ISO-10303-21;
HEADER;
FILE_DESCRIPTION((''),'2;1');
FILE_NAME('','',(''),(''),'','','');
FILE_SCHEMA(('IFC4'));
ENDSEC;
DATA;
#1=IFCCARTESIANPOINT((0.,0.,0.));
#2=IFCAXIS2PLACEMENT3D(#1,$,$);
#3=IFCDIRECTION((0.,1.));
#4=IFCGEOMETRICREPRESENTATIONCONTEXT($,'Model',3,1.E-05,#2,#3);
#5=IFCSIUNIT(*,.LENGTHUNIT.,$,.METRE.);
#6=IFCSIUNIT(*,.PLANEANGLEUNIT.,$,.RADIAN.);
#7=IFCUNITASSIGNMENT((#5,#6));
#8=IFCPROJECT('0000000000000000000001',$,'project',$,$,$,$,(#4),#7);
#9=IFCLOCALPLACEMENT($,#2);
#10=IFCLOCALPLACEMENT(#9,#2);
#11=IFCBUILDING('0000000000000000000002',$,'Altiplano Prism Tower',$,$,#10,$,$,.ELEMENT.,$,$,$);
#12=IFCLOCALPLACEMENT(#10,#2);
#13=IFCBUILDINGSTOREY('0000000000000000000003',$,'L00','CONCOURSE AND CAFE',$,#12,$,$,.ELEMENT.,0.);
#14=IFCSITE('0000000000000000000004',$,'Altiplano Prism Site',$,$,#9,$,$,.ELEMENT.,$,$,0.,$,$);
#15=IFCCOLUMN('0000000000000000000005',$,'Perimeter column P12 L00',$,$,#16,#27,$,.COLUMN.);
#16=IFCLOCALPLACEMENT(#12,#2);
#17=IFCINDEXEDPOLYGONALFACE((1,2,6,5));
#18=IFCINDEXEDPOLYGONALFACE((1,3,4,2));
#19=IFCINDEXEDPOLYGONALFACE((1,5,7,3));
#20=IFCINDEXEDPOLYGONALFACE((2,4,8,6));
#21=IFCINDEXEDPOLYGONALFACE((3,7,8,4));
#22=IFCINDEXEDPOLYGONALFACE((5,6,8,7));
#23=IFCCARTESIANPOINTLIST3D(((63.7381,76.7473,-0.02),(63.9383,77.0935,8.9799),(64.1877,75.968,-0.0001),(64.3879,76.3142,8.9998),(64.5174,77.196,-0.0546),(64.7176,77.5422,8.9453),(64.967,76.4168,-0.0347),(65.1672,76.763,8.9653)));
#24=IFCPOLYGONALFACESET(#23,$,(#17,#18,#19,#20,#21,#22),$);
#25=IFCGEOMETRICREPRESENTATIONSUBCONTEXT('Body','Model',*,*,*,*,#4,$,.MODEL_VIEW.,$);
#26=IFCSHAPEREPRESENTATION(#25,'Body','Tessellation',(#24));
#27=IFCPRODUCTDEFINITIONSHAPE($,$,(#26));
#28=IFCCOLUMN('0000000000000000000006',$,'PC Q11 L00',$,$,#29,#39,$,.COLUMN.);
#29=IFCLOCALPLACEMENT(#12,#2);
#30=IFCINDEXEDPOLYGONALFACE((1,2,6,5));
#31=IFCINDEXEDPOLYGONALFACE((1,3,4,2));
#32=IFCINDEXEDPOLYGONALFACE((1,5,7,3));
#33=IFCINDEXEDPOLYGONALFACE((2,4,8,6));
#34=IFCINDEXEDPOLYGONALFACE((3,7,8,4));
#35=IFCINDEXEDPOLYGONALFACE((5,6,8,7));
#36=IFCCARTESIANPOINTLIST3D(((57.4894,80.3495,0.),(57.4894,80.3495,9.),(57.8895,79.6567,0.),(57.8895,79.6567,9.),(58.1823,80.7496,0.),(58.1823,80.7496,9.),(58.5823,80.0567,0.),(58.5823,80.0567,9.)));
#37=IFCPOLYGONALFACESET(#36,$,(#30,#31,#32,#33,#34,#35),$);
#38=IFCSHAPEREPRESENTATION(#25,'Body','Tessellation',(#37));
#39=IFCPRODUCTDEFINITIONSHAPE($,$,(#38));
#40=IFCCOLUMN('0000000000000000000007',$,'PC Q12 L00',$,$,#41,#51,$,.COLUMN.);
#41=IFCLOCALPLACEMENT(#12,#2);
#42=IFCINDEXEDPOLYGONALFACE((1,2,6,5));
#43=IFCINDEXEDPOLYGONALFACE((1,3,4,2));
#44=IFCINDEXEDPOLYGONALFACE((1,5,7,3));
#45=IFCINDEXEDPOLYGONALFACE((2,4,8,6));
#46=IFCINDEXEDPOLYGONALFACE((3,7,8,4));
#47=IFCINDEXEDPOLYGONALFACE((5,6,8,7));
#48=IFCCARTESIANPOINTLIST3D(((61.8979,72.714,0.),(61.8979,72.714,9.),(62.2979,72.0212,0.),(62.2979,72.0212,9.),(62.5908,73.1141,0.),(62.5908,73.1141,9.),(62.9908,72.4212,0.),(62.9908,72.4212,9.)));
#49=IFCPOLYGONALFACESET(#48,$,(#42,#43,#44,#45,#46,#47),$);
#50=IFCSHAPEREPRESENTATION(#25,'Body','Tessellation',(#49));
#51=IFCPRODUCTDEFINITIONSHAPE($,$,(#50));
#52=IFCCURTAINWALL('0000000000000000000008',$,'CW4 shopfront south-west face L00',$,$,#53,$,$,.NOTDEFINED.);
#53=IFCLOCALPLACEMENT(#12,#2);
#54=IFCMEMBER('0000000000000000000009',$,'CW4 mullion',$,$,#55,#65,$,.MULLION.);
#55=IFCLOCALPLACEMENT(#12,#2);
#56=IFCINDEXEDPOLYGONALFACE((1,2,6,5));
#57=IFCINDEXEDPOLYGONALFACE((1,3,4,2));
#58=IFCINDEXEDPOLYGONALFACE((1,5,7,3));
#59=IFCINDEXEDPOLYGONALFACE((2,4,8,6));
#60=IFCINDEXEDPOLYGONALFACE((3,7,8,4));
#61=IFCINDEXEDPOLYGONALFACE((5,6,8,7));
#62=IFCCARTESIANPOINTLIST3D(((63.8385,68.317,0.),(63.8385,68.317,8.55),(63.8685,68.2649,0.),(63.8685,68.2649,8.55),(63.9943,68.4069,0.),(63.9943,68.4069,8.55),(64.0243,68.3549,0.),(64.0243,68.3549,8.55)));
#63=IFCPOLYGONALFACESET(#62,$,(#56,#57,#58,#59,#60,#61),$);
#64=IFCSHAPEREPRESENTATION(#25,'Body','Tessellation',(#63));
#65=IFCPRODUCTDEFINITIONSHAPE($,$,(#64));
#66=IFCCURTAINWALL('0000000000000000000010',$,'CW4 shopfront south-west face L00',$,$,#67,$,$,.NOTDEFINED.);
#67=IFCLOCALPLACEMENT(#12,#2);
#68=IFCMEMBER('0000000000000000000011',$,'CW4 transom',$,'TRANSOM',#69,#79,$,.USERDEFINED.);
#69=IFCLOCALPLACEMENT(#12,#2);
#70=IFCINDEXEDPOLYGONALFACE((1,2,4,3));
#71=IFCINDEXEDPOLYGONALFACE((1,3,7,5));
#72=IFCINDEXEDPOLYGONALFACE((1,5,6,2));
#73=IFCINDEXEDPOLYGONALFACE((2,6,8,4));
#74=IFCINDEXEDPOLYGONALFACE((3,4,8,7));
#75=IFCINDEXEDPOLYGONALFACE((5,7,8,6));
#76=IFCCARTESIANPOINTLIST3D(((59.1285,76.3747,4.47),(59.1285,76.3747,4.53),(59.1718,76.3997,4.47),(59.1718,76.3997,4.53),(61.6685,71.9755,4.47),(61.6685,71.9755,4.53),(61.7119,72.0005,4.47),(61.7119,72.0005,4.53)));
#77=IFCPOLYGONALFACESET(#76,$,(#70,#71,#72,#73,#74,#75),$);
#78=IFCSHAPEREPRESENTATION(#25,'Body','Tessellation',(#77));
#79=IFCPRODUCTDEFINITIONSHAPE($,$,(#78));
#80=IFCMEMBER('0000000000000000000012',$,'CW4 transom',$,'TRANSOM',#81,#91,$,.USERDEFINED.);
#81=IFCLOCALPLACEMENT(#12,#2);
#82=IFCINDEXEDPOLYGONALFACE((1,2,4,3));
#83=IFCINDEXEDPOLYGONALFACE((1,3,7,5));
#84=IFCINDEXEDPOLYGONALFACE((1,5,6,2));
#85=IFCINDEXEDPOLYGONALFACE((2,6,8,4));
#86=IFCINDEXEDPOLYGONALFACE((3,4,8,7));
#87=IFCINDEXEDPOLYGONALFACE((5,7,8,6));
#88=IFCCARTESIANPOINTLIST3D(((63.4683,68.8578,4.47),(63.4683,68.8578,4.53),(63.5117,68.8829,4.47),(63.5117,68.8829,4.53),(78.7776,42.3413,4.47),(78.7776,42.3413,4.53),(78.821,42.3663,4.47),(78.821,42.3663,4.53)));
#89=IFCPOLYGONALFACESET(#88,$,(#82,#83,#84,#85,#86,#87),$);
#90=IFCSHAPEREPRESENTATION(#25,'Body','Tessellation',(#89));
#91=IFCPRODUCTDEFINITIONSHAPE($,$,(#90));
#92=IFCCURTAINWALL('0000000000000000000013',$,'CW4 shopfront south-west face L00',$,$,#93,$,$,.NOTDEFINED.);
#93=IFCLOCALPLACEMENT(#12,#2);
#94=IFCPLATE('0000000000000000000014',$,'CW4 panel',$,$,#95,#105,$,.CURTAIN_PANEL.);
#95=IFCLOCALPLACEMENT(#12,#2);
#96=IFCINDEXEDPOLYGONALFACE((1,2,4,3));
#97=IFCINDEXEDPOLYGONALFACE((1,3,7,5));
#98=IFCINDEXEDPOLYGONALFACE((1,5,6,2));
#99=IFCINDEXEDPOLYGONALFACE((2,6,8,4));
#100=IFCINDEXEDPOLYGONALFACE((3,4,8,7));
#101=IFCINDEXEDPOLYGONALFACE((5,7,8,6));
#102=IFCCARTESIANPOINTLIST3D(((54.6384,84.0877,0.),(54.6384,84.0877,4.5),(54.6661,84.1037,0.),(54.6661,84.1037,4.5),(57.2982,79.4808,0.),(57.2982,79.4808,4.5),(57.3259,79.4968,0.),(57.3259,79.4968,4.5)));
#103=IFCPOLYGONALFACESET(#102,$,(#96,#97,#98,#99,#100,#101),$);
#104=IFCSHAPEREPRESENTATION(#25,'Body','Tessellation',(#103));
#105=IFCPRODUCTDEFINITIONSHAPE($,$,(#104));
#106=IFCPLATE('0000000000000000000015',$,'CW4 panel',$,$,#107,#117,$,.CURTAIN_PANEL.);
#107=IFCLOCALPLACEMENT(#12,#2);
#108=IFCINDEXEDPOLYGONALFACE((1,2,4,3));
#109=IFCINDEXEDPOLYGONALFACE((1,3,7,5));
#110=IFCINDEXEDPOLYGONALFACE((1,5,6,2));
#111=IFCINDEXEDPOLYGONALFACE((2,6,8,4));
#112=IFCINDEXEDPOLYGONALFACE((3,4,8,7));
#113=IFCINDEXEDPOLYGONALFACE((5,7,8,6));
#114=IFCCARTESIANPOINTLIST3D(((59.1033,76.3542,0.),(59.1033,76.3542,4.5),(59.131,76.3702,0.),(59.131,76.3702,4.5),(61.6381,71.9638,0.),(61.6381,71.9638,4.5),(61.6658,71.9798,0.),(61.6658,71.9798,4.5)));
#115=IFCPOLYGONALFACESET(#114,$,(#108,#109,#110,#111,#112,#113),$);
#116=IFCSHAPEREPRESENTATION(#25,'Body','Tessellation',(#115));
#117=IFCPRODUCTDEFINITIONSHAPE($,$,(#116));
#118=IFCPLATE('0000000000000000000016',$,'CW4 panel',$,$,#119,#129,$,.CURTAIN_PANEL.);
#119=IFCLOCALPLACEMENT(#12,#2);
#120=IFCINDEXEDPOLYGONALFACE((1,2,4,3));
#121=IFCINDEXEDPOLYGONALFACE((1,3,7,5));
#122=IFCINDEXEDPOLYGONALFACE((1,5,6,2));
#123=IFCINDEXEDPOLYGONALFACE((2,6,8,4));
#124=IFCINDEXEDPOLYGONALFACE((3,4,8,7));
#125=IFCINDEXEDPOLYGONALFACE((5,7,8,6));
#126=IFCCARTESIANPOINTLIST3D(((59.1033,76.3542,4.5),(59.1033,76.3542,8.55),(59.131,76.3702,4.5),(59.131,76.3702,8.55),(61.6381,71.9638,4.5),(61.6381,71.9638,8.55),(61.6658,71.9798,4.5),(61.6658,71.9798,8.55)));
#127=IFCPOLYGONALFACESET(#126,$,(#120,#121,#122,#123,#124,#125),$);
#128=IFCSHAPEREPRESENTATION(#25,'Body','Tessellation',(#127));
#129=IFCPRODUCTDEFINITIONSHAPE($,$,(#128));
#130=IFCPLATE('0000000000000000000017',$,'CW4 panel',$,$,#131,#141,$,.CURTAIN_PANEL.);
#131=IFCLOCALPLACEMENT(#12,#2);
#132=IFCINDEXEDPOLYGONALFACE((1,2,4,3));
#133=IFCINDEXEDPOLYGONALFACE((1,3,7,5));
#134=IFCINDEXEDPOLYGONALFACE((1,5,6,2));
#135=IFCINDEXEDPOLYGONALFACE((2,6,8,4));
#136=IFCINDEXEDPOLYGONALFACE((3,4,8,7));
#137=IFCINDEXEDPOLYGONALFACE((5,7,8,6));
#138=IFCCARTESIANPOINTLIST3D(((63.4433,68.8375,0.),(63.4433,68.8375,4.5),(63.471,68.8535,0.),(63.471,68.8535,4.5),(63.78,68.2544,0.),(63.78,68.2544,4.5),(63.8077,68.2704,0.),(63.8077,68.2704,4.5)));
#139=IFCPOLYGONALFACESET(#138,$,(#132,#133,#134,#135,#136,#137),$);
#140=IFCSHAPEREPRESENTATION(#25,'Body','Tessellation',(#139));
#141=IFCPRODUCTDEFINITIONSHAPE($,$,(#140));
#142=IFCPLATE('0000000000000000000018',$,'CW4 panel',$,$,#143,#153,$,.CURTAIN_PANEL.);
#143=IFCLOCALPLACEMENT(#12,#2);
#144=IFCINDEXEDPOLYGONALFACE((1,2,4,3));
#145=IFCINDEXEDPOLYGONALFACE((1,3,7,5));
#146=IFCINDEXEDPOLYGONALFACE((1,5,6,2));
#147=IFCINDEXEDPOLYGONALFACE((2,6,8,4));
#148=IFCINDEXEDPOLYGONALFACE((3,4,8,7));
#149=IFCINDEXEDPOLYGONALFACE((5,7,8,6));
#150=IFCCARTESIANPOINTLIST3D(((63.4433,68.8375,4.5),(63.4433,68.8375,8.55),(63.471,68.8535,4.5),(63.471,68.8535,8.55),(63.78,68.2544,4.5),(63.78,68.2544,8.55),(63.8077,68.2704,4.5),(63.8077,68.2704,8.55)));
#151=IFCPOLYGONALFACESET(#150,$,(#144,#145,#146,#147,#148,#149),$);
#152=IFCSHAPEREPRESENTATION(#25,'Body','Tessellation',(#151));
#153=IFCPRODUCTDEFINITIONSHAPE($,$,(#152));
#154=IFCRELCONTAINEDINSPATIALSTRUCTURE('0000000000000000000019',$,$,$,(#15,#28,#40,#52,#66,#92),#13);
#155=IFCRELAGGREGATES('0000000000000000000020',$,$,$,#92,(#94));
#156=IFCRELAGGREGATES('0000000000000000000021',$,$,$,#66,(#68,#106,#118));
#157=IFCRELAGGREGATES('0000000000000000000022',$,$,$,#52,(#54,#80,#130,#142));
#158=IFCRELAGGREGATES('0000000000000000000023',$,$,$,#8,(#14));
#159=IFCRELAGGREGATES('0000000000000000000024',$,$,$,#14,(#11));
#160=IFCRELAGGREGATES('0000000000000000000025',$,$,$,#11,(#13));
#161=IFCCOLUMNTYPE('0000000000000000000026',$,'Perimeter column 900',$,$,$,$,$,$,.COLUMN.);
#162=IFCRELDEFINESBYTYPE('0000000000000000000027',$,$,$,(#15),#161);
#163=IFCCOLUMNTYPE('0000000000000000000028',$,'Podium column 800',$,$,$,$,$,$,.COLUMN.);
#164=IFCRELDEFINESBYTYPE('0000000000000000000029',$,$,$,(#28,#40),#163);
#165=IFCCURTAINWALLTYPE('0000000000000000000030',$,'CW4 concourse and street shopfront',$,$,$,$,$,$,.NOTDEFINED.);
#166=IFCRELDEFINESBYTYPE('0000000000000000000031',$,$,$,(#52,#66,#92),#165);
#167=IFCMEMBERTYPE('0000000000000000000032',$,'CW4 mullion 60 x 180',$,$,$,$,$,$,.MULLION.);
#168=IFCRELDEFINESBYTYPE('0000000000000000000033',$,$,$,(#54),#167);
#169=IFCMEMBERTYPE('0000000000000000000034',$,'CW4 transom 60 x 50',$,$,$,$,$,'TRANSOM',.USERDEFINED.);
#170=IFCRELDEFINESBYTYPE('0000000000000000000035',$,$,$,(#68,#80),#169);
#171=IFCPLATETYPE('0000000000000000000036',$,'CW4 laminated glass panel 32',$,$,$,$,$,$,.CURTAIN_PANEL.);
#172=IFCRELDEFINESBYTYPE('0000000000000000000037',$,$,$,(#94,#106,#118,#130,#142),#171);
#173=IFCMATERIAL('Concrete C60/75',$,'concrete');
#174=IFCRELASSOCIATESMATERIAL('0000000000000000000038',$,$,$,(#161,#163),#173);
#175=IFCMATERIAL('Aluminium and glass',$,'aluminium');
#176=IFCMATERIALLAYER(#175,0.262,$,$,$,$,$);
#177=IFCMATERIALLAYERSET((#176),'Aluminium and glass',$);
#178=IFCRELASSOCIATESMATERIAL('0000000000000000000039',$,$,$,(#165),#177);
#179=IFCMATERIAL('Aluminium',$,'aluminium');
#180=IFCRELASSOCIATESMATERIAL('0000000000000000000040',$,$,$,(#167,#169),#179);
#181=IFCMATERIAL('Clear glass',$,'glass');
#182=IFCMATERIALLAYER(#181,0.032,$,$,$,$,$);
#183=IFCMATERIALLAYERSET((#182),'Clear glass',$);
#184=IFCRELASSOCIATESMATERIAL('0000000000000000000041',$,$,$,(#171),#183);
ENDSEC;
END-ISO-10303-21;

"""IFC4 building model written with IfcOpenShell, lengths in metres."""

from ifc_helpers import new_model, si_unit, direction, frame, origin, origin_2d, place, context, subcontext, project, spatial, rectangle, extrude, material, layer, layer_set, material_profile, profile_set, type_object, element, aggregate, save


model = new_model("IFC4")

# Units and contexts
model_context = context("Model", 3, precision=1e-05, world=origin(), true_north=direction((0.0, 1.0)))
body_context = subcontext(model_context, "Body", "Model", "MODEL_VIEW")
ifc_project = project(units=[si_unit("LENGTHUNIT", "METRE"), si_unit("PLANEANGLEUNIT", "RADIAN")], contexts=[model_context])

# Site, building, storey
site_placement = place(None, origin())
site = spatial("IfcSite", under=ifc_project, at=site_placement, Name="Altiplano Prism Site", CompositionType="ELEMENT", RefElevation=0.0)
building_placement = place(site_placement, origin())
building = spatial("IfcBuilding", under=site, at=building_placement, Name="Altiplano Prism Tower", CompositionType="ELEMENT")
storey_placement = place(building_placement, origin())
storey = spatial("IfcBuildingStorey", under=building, at=storey_placement, Name="L00", Description="CONCOURSE AND CAFE", CompositionType="ELEMENT", Elevation=0.0)

# Columns
ifc_material_1 = material(Name="Concrete C60/75", Category="concrete")
ifc_material_profile_1 = material_profile(ifc_material_1, rectangle(XDim=0.8999, YDim=0.8999, at=origin_2d()), Name="Perimeter column 900")
ifc_profile_set_1 = profile_set([ifc_material_profile_1], Name="Concrete C60/75")
column_type_1 = type_object("IfcColumnType", Name="Perimeter column 900", PredefinedType="COLUMN", material=ifc_profile_set_1)
column_placement = place(storey_placement, frame((64.3525, 76.582, -0.0273), z_axis=(0.022222, 0.038428, 0.999014), x_axis=(-0.865947, -0.498657, 0.038443)))
element("IfcColumn", 1, at=column_placement, inside=storey, type_object=column_type_1, Name="Perimeter column P12 L00", PredefinedType="COLUMN", context=body_context, shape_type="SweptSolid", body=[
    extrude(rectangle(XDim=0.8999, YDim=0.8999, at=origin_2d()), origin(), (0.0, 0.0, 1.0), 9.0088),
])
ifc_material_profile_2 = material_profile(ifc_material_1, rectangle(XDim=0.8, YDim=0.8, at=origin_2d()), Name="Podium column 800")
ifc_profile_set_2 = profile_set([ifc_material_profile_2], Name="Concrete C60/75")
column_type_2 = type_object("IfcColumnType", Name="Podium column 800", PredefinedType="COLUMN", material=ifc_profile_set_2)
for number, where, z_axis, x_axis, name in (
    (2, (58.0359, 80.2031, 0.0), (0.0, 0.0, 1.0), (0.866025, 0.5, 0.0), "PC Q11 L00"),
    (3, (62.4443, 72.5676, 0.0), (0.0, 0.0, 1.0), (0.866025, 0.5, 0.0), "PC Q12 L00"),
):
    element("IfcColumn", number, at=place(storey_placement, frame(where, z_axis=z_axis, x_axis=x_axis)), inside=storey, type_object=column_type_2, Name=name, PredefinedType="COLUMN", context=body_context, shape_type="SweptSolid", body=[
        extrude(rectangle(XDim=0.8, YDim=0.8, at=origin_2d()), origin(), (0.0, 0.0, 1.0), 9.0),
    ])

# Curtain walls, members
ifc_material_2 = material(Name="Aluminium and glass", Category="aluminium")
ifc_layer_1 = layer(ifc_material_2, 0.262)
ifc_layer_set_1 = layer_set([ifc_layer_1], Name="Aluminium and glass")
curtain_wall_type = type_object("IfcCurtainWallType", Name="CW4 concourse and street shopfront", PredefinedType="NOTDEFINED", material=ifc_layer_set_1)
curtain_wall_1_placement = place(storey_placement, origin())
curtain_wall_1 = element("IfcCurtainWall", 4, at=curtain_wall_1_placement, inside=storey, type_object=curtain_wall_type, Name="CW4 shopfront south-west face L00", PredefinedType="NOTDEFINED")
ifc_material_3 = material(Name="Aluminium", Category="aluminium")
ifc_material_profile_3 = material_profile(ifc_material_3, rectangle(XDim=0.1799, YDim=0.0601, at=origin_2d()), Name="CW4 mullion 60 x 180")
ifc_profile_set_3 = profile_set([ifc_material_profile_3], Name="Aluminium")
member_type_1 = type_object("IfcMemberType", Name="CW4 mullion 60 x 180", PredefinedType="MULLION", material=ifc_profile_set_3)
member_1_placement = place(storey_placement, frame((63.9314, 68.3359, 0.0), z_axis=(0.0, 0.0, 1.0), x_axis=(0.866025, 0.5, 0.0)))
member_1 = element("IfcMember", 5, at=member_1_placement, type_object=member_type_1, Name="CW4 mullion", PredefinedType="MULLION", context=body_context, shape_type="SweptSolid", body=[
    extrude(rectangle(XDim=0.1799, YDim=0.0601, at=origin_2d()), origin(), (0.0, 0.0, 1.0), 8.55),
])
curtain_wall_2_placement = place(storey_placement, origin())
curtain_wall_2 = element("IfcCurtainWall", 6, at=curtain_wall_2_placement, inside=storey, type_object=curtain_wall_type, Name="CW4 shopfront south-west face L00", PredefinedType="NOTDEFINED")
ifc_material_profile_4 = material_profile(ifc_material_3, rectangle(XDim=0.05, YDim=0.0601, at=origin_2d()), Name="CW4 transom 60 x 50")
ifc_profile_set_4 = profile_set([ifc_material_profile_4], Name="Aluminium")
member_type_2 = type_object("IfcMemberType", Name="CW4 transom 60 x 50", ElementType="TRANSOM", PredefinedType="USERDEFINED", material=ifc_profile_set_4)
member_2_placement = place(storey_placement, frame((59.1501, 76.3872, 4.5), z_axis=(0.500026, -0.86601, 0.0), x_axis=(0.86601, 0.500026, 0.0)))
member_2 = element("IfcMember", 7, at=member_2_placement, type_object=member_type_2, Name="CW4 transom", ObjectType="TRANSOM", PredefinedType="USERDEFINED", context=body_context, shape_type="SweptSolid", body=[
    extrude(rectangle(XDim=0.05, YDim=0.0601, at=origin_2d()), origin(), (0.0, 0.0, 1.0), 5.0798),
])

# Member
member_3_placement = place(storey_placement, frame((63.49, 68.8704, 4.5), z_axis=(0.499999, -0.866026, 0.0), x_axis=(0.866026, 0.499999, 0.0)))
member_3 = element("IfcMember", 8, at=member_3_placement, type_object=member_type_2, Name="CW4 transom", ObjectType="TRANSOM", PredefinedType="USERDEFINED", context=body_context, shape_type="SweptSolid", body=[
    extrude(rectangle(XDim=0.05, YDim=0.0601, at=origin_2d()), origin(), (0.0, 0.0, 1.0), 30.6187),
])

# Curtain wall, plate
curtain_wall_3_placement = place(storey_placement, origin())
curtain_wall_3 = element("IfcCurtainWall", 9, at=curtain_wall_3_placement, inside=storey, type_object=curtain_wall_type, Name="CW4 shopfront south-west face L00", PredefinedType="NOTDEFINED")
ifc_material_4 = material(Name="Clear glass", Category="glass")
ifc_layer_2 = layer(ifc_material_4, 0.032)
ifc_layer_set_2 = layer_set([ifc_layer_2], Name="Clear glass")
plate_type = type_object("IfcPlateType", Name="CW4 laminated glass panel 32", PredefinedType="CURTAIN_PANEL", material=ifc_layer_set_2)
plate_1_placement = place(storey_placement, frame((55.9822, 81.7922, 0.0), z_axis=(0.0, 0.0, 1.0), x_axis=(0.5, -0.866025, 0.0)))
plate_1 = element("IfcPlate", 10, at=plate_1_placement, type_object=plate_type, Name="CW4 panel", PredefinedType="CURTAIN_PANEL", context=body_context, shape_type="SweptSolid", body=[
    extrude(rectangle(XDim=5.3196, YDim=0.032, at=origin_2d()), origin(), (0.0, 0.0, 1.0), 4.5),
])
aggregate(curtain_wall_3, [plate_1])

# Plates
plate_2_placement = place(storey_placement, frame((60.3845, 74.167, 0.0), z_axis=(0.0, 0.0, 1.0), x_axis=(0.5, -0.866025, 0.0)))
plate_2 = element("IfcPlate", 11, at=plate_2_placement, type_object=plate_type, Name="CW4 panel", PredefinedType="CURTAIN_PANEL", context=body_context, shape_type="SweptSolid", body=[
    extrude(rectangle(XDim=5.0696, YDim=0.032, at=origin_2d()), origin(), (0.0, 0.0, 1.0), 4.5),
])
plate_3_placement = place(storey_placement, frame((60.3845, 74.167, 4.5), z_axis=(0.0, 0.0, 1.0), x_axis=(0.5, -0.866025, 0.0)))
plate_3 = element("IfcPlate", 12, at=plate_3_placement, type_object=plate_type, Name="CW4 panel", PredefinedType="CURTAIN_PANEL", context=body_context, shape_type="SweptSolid", body=[
    extrude(rectangle(XDim=5.0696, YDim=0.032, at=origin_2d()), origin(), (0.0, 0.0, 1.0), 4.05),
])
aggregate(curtain_wall_2, [member_2, plate_2, plate_3])
plate_4_placement = place(storey_placement, frame((63.6255, 68.554, 0.0), z_axis=(0.0, 0.0, 1.0), x_axis=(0.5, -0.866025, 0.0)))
plate_4 = element("IfcPlate", 13, at=plate_4_placement, type_object=plate_type, Name="CW4 panel", PredefinedType="CURTAIN_PANEL", context=body_context, shape_type="SweptSolid", body=[
    extrude(rectangle(XDim=0.6733, YDim=0.032, at=origin_2d()), origin(), (0.0, 0.0, 1.0), 4.5),
])
plate_5_placement = place(storey_placement, frame((63.6255, 68.554, 4.5), z_axis=(0.0, 0.0, 1.0), x_axis=(0.5, -0.866025, 0.0)))
plate_5 = element("IfcPlate", 14, at=plate_5_placement, type_object=plate_type, Name="CW4 panel", PredefinedType="CURTAIN_PANEL", context=body_context, shape_type="SweptSolid", body=[
    extrude(rectangle(XDim=0.6733, YDim=0.032, at=origin_2d()), origin(), (0.0, 0.0, 1.0), 4.05),
])
aggregate(curtain_wall_1, [member_1, member_3, plate_4, plate_5])

save(model, "model.ifc")
